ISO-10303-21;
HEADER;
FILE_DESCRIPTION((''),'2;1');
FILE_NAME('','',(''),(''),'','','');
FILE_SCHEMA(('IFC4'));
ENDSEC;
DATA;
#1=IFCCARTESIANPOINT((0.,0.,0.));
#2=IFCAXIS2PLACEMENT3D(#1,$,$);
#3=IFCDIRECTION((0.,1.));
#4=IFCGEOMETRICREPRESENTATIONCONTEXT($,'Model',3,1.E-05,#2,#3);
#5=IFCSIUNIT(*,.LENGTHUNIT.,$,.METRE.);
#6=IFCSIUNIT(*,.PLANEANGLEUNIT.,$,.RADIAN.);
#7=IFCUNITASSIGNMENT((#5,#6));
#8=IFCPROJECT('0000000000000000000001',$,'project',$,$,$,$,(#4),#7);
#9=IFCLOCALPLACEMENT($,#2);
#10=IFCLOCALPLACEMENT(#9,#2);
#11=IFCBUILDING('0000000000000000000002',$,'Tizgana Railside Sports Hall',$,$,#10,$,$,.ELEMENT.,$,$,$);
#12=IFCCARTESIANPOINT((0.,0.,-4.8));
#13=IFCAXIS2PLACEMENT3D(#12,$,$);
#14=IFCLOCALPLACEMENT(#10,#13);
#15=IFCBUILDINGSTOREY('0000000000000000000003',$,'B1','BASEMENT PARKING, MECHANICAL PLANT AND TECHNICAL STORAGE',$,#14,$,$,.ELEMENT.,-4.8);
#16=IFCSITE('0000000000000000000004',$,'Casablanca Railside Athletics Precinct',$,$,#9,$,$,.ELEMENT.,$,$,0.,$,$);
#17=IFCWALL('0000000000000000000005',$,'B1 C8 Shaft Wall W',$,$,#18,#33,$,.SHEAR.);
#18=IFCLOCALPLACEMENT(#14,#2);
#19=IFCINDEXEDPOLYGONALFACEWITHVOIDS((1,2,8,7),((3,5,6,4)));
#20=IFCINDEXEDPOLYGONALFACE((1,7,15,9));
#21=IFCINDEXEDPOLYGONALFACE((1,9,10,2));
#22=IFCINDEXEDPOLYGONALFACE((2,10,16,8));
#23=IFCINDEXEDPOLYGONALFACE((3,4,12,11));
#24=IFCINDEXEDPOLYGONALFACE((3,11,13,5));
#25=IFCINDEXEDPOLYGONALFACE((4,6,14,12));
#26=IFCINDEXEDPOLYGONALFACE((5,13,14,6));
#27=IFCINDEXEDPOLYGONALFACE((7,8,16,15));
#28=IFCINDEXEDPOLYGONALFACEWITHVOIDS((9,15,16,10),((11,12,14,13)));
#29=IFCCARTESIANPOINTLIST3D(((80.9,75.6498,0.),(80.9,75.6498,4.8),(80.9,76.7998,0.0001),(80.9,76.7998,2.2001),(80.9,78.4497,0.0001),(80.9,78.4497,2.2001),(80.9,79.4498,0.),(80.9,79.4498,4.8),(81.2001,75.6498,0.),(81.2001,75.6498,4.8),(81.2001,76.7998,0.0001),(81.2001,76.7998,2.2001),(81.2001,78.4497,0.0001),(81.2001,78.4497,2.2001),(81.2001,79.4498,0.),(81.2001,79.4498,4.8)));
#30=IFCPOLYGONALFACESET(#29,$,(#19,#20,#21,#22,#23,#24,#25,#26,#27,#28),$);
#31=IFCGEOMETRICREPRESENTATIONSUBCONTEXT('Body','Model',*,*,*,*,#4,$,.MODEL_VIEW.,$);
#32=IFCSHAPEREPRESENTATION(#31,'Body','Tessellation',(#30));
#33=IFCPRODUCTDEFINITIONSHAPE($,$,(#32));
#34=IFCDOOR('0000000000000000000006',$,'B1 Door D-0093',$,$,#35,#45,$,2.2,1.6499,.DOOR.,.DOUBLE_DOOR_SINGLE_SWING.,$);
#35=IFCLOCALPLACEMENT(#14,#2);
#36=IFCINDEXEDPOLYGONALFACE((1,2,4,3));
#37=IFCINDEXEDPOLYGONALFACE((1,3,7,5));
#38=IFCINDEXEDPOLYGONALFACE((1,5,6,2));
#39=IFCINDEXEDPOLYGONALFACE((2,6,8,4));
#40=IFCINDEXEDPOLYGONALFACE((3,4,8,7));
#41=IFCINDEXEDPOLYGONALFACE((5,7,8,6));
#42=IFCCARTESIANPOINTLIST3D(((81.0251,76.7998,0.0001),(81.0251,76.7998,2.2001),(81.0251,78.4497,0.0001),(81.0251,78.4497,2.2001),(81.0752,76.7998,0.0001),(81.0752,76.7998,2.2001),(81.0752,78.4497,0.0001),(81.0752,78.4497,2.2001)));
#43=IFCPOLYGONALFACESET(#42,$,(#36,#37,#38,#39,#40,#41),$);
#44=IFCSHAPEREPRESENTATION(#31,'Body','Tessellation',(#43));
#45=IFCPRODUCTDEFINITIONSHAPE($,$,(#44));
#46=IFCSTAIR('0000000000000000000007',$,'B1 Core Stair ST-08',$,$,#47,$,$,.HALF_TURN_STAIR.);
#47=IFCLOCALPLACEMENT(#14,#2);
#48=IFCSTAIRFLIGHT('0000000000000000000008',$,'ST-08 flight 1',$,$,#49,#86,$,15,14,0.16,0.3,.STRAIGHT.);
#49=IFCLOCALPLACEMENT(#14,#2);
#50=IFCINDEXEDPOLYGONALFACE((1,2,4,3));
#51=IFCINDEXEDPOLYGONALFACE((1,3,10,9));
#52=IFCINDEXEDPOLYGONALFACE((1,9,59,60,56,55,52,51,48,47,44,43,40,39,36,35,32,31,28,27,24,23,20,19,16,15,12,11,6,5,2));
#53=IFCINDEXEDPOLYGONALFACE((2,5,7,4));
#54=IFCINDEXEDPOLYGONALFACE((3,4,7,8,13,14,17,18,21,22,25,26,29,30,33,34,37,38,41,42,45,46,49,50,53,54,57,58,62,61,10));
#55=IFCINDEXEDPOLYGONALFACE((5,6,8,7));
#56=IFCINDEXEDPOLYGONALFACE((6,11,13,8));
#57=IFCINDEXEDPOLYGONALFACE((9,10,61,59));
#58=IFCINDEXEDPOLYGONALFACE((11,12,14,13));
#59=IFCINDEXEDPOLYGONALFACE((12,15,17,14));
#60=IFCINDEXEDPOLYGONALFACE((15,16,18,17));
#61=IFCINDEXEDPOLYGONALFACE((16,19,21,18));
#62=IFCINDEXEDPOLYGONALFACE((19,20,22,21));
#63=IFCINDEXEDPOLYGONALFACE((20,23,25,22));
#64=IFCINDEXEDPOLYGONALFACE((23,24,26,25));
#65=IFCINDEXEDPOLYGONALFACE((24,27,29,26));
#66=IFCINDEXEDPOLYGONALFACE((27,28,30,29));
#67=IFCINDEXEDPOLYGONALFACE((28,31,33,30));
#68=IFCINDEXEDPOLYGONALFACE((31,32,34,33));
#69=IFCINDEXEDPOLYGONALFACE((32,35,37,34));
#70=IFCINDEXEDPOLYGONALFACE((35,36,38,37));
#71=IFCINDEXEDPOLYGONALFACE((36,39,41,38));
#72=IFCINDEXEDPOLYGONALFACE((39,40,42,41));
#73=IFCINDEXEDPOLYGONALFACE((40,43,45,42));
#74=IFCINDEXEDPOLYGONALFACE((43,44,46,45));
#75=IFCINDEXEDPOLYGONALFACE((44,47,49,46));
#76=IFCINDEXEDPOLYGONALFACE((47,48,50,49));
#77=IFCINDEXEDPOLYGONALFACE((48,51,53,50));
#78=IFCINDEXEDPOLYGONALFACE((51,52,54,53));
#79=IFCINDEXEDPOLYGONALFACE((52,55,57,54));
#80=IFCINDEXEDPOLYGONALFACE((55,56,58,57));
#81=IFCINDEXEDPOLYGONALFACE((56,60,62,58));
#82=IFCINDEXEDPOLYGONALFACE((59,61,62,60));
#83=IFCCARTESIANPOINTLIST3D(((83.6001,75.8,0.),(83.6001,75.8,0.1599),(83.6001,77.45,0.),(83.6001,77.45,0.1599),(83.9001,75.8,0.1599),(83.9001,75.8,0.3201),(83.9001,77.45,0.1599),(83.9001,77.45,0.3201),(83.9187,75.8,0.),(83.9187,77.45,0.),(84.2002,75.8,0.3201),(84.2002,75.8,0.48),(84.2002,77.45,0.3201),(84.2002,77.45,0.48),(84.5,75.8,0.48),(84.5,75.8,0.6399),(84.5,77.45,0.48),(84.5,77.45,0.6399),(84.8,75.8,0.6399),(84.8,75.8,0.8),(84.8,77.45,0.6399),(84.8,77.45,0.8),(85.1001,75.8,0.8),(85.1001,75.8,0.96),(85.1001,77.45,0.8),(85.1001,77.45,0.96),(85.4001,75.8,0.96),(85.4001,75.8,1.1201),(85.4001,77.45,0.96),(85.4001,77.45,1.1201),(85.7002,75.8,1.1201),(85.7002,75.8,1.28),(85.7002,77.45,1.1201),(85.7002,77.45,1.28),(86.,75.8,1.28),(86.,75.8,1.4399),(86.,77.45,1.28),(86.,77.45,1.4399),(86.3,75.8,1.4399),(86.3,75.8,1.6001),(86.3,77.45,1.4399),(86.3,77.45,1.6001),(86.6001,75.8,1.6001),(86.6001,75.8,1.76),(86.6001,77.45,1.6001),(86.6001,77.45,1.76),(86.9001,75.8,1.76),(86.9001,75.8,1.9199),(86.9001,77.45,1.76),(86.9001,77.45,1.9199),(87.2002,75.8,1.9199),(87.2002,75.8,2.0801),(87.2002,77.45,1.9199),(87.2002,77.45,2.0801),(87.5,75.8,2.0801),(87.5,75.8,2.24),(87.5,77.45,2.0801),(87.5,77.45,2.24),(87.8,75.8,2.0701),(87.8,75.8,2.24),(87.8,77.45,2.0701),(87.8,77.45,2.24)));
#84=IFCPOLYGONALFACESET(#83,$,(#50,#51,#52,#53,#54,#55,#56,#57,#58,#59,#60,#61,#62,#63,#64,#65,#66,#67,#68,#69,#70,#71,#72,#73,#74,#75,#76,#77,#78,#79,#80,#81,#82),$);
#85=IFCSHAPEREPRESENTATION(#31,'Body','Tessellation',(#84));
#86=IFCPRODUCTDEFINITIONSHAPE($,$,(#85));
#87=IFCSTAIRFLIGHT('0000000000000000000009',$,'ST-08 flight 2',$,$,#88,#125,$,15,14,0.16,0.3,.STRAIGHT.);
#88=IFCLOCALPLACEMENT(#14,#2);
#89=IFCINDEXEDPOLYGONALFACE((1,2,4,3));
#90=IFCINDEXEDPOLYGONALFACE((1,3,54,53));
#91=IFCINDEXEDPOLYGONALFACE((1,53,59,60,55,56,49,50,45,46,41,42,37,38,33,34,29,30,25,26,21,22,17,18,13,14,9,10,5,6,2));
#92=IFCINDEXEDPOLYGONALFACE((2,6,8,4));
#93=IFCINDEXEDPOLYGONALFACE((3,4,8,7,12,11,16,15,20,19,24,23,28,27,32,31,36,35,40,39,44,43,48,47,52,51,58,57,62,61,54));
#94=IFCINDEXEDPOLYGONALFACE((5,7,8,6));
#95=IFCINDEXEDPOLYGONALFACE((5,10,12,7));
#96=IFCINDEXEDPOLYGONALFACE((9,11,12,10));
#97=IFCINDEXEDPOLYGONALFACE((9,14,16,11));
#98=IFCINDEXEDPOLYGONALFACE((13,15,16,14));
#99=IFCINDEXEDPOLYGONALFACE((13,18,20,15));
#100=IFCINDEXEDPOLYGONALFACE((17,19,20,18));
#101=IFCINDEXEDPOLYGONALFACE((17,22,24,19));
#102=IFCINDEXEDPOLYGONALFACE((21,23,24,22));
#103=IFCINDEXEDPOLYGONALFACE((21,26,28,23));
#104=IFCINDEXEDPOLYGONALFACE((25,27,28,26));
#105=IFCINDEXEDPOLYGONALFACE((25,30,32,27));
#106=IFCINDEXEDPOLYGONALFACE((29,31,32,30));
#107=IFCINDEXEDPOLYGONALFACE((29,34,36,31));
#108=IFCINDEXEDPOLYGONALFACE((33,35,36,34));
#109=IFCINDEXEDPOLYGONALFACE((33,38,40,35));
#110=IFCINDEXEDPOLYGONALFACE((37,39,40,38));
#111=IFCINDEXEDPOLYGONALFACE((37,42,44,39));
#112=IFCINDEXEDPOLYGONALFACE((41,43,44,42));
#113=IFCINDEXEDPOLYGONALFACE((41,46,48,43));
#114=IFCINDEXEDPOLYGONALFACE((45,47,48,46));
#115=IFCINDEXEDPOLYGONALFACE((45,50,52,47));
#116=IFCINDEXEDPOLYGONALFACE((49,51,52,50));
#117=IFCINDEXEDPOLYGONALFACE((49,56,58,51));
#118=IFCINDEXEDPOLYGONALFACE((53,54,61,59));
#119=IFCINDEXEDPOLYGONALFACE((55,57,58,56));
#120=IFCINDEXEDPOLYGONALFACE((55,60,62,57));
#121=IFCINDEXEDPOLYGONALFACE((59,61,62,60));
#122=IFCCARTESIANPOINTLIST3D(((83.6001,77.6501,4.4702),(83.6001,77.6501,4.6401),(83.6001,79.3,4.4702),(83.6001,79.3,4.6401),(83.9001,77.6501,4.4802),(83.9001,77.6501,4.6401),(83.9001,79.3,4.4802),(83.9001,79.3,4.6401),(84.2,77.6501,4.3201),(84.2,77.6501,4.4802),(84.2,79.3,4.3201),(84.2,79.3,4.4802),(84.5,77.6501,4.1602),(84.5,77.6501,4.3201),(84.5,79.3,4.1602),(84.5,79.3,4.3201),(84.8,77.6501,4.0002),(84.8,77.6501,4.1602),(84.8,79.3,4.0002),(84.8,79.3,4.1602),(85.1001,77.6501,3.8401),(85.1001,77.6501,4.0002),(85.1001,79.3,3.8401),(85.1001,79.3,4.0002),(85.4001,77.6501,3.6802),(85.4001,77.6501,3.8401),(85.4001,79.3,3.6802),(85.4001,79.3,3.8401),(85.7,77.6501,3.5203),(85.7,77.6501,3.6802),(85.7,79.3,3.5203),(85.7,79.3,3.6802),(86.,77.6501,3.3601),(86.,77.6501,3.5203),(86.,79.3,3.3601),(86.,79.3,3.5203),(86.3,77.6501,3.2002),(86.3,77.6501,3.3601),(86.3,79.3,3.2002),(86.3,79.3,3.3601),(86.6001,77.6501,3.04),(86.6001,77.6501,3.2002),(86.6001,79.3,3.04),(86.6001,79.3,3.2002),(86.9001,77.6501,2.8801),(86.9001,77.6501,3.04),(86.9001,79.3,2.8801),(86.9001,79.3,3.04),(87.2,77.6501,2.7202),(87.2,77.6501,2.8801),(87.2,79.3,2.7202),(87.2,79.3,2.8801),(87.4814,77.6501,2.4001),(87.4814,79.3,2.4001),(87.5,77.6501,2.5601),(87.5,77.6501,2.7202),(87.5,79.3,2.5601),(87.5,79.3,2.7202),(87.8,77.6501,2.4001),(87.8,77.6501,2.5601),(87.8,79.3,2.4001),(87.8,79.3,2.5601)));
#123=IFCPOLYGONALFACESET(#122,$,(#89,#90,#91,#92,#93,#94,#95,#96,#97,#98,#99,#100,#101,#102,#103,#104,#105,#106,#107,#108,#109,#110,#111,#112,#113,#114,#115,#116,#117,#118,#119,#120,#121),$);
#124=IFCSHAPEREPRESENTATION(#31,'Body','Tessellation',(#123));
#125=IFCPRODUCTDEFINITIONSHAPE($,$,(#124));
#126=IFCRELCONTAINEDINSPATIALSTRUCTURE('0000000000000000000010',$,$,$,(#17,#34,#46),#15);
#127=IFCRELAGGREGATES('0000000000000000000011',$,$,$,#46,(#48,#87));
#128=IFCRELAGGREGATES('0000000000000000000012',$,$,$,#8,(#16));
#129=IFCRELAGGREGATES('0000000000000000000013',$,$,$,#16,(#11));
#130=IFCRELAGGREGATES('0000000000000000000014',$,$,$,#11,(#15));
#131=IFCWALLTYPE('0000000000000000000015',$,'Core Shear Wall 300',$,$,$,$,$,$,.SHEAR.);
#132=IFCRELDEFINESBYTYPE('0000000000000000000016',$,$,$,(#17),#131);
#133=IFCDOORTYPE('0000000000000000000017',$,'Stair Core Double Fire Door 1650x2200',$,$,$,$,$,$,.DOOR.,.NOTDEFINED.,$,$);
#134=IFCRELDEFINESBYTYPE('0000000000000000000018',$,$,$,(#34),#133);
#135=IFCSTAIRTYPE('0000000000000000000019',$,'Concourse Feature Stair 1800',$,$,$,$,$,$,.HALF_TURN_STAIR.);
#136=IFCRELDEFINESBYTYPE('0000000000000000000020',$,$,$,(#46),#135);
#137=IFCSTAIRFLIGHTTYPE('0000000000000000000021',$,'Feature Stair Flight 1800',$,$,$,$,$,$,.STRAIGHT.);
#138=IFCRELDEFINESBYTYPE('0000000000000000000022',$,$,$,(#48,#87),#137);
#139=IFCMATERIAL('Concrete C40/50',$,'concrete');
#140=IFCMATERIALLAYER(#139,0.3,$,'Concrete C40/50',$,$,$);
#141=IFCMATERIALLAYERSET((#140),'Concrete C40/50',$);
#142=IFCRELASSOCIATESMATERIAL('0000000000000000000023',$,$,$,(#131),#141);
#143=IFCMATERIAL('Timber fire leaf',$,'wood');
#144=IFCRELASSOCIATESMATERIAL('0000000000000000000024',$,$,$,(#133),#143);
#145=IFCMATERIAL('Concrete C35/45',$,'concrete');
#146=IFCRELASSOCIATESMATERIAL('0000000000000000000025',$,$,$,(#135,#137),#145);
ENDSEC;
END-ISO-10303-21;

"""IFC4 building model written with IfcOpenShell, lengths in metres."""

from ifc_helpers import new_model, si_unit, direction, frame, frame_2d, origin, place, context, subcontext, project, spatial, polyline, rectangle, outline, extrude, material, layer, layer_set, type_object, element, fill, aggregate, save


model = new_model("IFC4")

# Units and contexts
model_context = context("Model", 3, precision=1e-05, world=origin(), true_north=direction((0.0, 1.0)))
body_context = subcontext(model_context, "Body", "Model", "MODEL_VIEW")
ifc_project = project(units=[si_unit("LENGTHUNIT", "METRE"), si_unit("PLANEANGLEUNIT", "RADIAN")], contexts=[model_context])

# Site, building, storey
site_placement = place(None, origin())
site = spatial("IfcSite", under=ifc_project, at=site_placement, Name="Casablanca Railside Athletics Precinct", CompositionType="ELEMENT", RefElevation=0.0)
building_placement = place(site_placement, origin())
building = spatial("IfcBuilding", under=site, at=building_placement, Name="Tizgana Railside Sports Hall", CompositionType="ELEMENT")
storey_placement = place(building_placement, frame((0.0, 0.0, -4.8)))
storey = spatial("IfcBuildingStorey", under=building, at=storey_placement, Name="B1", Description="BASEMENT PARKING, MECHANICAL PLANT AND TECHNICAL STORAGE", CompositionType="ELEMENT", Elevation=-4.8)

# Shared definitions
ifc_material_1 = material(Name="Concrete C35/45", Category="concrete")

# Shared definitions
ifc_material_2 = material(Name="Concrete C40/50", Category="concrete")

# Shared definitions
ifc_layer_1 = layer(ifc_material_2, 0.3, Name="Concrete C40/50")
ifc_layer_set_1 = layer_set([ifc_layer_1], Name="Concrete C40/50")
wall_type_1 = type_object("IfcWallType", Name="Core Shear Wall 300", PredefinedType="SHEAR", material=ifc_layer_set_1)

# Wall, opening, door
wall_1_placement = place(storey_placement, frame((81.05, 75.6499, 0.0), z_axis=(0.0, 0.0, 1.0), x_axis=(0.0, 1.0, 0.0)))
wall_1 = element("IfcWall", 1, at=wall_1_placement, inside=storey, type_object=wall_type_1, Name="B1 C8 Shaft Wall W", PredefinedType="SHEAR", context=body_context, shape_type="SweptSolid", body=[
    extrude(rectangle(XDim=3.8, YDim=0.3, at=frame_2d((1.8999, 0.0))), origin(), (0.0, 0.0, 1.0), 4.8),
])
opening_placement = place(wall_1_placement, frame((1.1499, 0.0, 0.0)))
opening = element("IfcOpeningElement", 2, at=opening_placement, cuts=wall_1, PredefinedType="OPENING", context=body_context, shape_type="SweptSolid", body=[
    extrude(rectangle(XDim=1.6499, YDim=2.2, at=frame_2d((0.825, 1.1001))), frame((0.0, 0.1599, 0.0), z_axis=(0.0, -1.0, 0.0), x_axis=(1.0, 0.0, 0.0)), (0.0, 0.0, 1.0), 0.3201),
])
ifc_material_3 = material(Name="Timber fire leaf", Category="wood")
door_type = type_object("IfcDoorType", Name="Stair Core Double Fire Door 1650x2200", OperationType="NOTDEFINED", PredefinedType="DOOR", material=ifc_material_3)
door_placement = place(opening_placement, origin())
door = element("IfcDoor", 3, at=door_placement, inside=storey, type_object=door_type, Name="B1 Door D-0093", OperationType="DOUBLE_DOOR_SINGLE_SWING", OverallHeight=2.2, OverallWidth=1.6499, PredefinedType="DOOR", context=body_context, shape_type="SweptSolid", body=[
    extrude(rectangle(XDim=1.6499, YDim=2.2, at=frame_2d((0.825, 1.1001))), frame((0.0, 0.0249, 0.0), z_axis=(0.0, -1.0, 0.0), x_axis=(1.0, 0.0, 0.0)), (0.0, 0.0, 1.0), 0.05),
])
fill(opening, door)

# Stair, stair flights
stair_type = type_object("IfcStairType", Name="Concourse Feature Stair 1800", PredefinedType="HALF_TURN_STAIR", material=ifc_material_1)
stair_placement = place(storey_placement, origin())
stair = element("IfcStair", 4, at=stair_placement, inside=storey, type_object=stair_type, Name="B1 Core Stair ST-08", PredefinedType="HALF_TURN_STAIR")
stair_flight_type = type_object("IfcStairFlightType", Name="Feature Stair Flight 1800", PredefinedType="STRAIGHT", material=ifc_material_1)
stair_flight_1_placement = place(storey_placement, frame((83.6001, 76.625, 0.0), z_axis=(0.0, 0.0, 1.0), x_axis=(1.0, 0.0, 0.0)))
stair_flight_1 = element("IfcStairFlight", 5, at=stair_flight_1_placement, type_object=stair_flight_type, Name="ST-08 flight 1", NumberOfRisers=15, NumberOfTreads=14, PredefinedType="STRAIGHT", RiserHeight=0.16, TreadLength=0.3, context=body_context, shape_type="SweptSolid", body=[
    extrude(outline(polyline([(0.0, 0.0), (0.0, 0.1599), (0.3, 0.1599), (0.3, 0.3201), (0.6001, 0.3201), (0.6001, 0.48), (0.8999, 0.48), (0.8999, 0.6399), (1.2, 0.6399), (1.2, 0.8), (1.5, 0.8), (1.5, 0.96), (1.8, 0.96), (1.8, 1.1201), (2.1001, 1.1201), (2.1001, 1.28), (2.3999, 1.28), (2.3999, 1.4399), (2.7, 1.4399), (2.7, 1.6001), (3.0, 1.6001), (3.0, 1.76), (3.3, 1.76), (3.3, 1.9199), (3.6001, 1.9199), (3.6001, 2.0801), (3.8999, 2.0801), (3.8999, 2.24), (4.2, 2.24), (4.2, 2.3999), (4.2, 2.0701), (0.3186, 0.0), (0.0, 0.0)])), frame((0.0, 0.825, 0.0), z_axis=(0.0, -1.0, 0.0), x_axis=(1.0, 0.0, 0.0)), (0.0, 0.0, 1.0), 1.6499),
])
stair_flight_2_placement = place(storey_placement, frame((87.8, 78.4751, 2.4001), z_axis=(0.0, 0.0, 1.0), x_axis=(-1.0, 0.0, 0.0)))
stair_flight_2 = element("IfcStairFlight", 6, at=stair_flight_2_placement, type_object=stair_flight_type, Name="ST-08 flight 2", NumberOfRisers=15, NumberOfTreads=14, PredefinedType="STRAIGHT", RiserHeight=0.16, TreadLength=0.3, context=body_context, shape_type="SweptSolid", body=[
    extrude(outline(polyline([(0.0, 0.0), (0.0, 0.1599), (0.3, 0.1599), (0.3, 0.3201), (0.6001, 0.3201), (0.6001, 0.48), (0.8999, 0.48), (0.8999, 0.6399), (1.2, 0.6399), (1.2, 0.8), (1.5, 0.8), (1.5, 0.96), (1.8, 0.96), (1.8, 1.1201), (2.1001, 1.1201), (2.1001, 1.28), (2.3999, 1.28), (2.3999, 1.4399), (2.7, 1.4399), (2.7, 1.6001), (3.0, 1.6001), (3.0, 1.76), (3.3, 1.76), (3.3, 1.9199), (3.6001, 1.9199), (3.6001, 2.0801), (3.8999, 2.0801), (3.8999, 2.24), (4.2, 2.24), (4.2, 2.3999), (4.2, 2.0701), (0.3186, 0.0), (0.0, 0.0)])), frame((0.0, 0.825, 0.0), z_axis=(0.0, -1.0, 0.0), x_axis=(1.0, 0.0, 0.0)), (0.0, 0.0, 1.0), 1.6499),
])
aggregate(stair, [stair_flight_1, stair_flight_2])

save(model, "model.ifc")
